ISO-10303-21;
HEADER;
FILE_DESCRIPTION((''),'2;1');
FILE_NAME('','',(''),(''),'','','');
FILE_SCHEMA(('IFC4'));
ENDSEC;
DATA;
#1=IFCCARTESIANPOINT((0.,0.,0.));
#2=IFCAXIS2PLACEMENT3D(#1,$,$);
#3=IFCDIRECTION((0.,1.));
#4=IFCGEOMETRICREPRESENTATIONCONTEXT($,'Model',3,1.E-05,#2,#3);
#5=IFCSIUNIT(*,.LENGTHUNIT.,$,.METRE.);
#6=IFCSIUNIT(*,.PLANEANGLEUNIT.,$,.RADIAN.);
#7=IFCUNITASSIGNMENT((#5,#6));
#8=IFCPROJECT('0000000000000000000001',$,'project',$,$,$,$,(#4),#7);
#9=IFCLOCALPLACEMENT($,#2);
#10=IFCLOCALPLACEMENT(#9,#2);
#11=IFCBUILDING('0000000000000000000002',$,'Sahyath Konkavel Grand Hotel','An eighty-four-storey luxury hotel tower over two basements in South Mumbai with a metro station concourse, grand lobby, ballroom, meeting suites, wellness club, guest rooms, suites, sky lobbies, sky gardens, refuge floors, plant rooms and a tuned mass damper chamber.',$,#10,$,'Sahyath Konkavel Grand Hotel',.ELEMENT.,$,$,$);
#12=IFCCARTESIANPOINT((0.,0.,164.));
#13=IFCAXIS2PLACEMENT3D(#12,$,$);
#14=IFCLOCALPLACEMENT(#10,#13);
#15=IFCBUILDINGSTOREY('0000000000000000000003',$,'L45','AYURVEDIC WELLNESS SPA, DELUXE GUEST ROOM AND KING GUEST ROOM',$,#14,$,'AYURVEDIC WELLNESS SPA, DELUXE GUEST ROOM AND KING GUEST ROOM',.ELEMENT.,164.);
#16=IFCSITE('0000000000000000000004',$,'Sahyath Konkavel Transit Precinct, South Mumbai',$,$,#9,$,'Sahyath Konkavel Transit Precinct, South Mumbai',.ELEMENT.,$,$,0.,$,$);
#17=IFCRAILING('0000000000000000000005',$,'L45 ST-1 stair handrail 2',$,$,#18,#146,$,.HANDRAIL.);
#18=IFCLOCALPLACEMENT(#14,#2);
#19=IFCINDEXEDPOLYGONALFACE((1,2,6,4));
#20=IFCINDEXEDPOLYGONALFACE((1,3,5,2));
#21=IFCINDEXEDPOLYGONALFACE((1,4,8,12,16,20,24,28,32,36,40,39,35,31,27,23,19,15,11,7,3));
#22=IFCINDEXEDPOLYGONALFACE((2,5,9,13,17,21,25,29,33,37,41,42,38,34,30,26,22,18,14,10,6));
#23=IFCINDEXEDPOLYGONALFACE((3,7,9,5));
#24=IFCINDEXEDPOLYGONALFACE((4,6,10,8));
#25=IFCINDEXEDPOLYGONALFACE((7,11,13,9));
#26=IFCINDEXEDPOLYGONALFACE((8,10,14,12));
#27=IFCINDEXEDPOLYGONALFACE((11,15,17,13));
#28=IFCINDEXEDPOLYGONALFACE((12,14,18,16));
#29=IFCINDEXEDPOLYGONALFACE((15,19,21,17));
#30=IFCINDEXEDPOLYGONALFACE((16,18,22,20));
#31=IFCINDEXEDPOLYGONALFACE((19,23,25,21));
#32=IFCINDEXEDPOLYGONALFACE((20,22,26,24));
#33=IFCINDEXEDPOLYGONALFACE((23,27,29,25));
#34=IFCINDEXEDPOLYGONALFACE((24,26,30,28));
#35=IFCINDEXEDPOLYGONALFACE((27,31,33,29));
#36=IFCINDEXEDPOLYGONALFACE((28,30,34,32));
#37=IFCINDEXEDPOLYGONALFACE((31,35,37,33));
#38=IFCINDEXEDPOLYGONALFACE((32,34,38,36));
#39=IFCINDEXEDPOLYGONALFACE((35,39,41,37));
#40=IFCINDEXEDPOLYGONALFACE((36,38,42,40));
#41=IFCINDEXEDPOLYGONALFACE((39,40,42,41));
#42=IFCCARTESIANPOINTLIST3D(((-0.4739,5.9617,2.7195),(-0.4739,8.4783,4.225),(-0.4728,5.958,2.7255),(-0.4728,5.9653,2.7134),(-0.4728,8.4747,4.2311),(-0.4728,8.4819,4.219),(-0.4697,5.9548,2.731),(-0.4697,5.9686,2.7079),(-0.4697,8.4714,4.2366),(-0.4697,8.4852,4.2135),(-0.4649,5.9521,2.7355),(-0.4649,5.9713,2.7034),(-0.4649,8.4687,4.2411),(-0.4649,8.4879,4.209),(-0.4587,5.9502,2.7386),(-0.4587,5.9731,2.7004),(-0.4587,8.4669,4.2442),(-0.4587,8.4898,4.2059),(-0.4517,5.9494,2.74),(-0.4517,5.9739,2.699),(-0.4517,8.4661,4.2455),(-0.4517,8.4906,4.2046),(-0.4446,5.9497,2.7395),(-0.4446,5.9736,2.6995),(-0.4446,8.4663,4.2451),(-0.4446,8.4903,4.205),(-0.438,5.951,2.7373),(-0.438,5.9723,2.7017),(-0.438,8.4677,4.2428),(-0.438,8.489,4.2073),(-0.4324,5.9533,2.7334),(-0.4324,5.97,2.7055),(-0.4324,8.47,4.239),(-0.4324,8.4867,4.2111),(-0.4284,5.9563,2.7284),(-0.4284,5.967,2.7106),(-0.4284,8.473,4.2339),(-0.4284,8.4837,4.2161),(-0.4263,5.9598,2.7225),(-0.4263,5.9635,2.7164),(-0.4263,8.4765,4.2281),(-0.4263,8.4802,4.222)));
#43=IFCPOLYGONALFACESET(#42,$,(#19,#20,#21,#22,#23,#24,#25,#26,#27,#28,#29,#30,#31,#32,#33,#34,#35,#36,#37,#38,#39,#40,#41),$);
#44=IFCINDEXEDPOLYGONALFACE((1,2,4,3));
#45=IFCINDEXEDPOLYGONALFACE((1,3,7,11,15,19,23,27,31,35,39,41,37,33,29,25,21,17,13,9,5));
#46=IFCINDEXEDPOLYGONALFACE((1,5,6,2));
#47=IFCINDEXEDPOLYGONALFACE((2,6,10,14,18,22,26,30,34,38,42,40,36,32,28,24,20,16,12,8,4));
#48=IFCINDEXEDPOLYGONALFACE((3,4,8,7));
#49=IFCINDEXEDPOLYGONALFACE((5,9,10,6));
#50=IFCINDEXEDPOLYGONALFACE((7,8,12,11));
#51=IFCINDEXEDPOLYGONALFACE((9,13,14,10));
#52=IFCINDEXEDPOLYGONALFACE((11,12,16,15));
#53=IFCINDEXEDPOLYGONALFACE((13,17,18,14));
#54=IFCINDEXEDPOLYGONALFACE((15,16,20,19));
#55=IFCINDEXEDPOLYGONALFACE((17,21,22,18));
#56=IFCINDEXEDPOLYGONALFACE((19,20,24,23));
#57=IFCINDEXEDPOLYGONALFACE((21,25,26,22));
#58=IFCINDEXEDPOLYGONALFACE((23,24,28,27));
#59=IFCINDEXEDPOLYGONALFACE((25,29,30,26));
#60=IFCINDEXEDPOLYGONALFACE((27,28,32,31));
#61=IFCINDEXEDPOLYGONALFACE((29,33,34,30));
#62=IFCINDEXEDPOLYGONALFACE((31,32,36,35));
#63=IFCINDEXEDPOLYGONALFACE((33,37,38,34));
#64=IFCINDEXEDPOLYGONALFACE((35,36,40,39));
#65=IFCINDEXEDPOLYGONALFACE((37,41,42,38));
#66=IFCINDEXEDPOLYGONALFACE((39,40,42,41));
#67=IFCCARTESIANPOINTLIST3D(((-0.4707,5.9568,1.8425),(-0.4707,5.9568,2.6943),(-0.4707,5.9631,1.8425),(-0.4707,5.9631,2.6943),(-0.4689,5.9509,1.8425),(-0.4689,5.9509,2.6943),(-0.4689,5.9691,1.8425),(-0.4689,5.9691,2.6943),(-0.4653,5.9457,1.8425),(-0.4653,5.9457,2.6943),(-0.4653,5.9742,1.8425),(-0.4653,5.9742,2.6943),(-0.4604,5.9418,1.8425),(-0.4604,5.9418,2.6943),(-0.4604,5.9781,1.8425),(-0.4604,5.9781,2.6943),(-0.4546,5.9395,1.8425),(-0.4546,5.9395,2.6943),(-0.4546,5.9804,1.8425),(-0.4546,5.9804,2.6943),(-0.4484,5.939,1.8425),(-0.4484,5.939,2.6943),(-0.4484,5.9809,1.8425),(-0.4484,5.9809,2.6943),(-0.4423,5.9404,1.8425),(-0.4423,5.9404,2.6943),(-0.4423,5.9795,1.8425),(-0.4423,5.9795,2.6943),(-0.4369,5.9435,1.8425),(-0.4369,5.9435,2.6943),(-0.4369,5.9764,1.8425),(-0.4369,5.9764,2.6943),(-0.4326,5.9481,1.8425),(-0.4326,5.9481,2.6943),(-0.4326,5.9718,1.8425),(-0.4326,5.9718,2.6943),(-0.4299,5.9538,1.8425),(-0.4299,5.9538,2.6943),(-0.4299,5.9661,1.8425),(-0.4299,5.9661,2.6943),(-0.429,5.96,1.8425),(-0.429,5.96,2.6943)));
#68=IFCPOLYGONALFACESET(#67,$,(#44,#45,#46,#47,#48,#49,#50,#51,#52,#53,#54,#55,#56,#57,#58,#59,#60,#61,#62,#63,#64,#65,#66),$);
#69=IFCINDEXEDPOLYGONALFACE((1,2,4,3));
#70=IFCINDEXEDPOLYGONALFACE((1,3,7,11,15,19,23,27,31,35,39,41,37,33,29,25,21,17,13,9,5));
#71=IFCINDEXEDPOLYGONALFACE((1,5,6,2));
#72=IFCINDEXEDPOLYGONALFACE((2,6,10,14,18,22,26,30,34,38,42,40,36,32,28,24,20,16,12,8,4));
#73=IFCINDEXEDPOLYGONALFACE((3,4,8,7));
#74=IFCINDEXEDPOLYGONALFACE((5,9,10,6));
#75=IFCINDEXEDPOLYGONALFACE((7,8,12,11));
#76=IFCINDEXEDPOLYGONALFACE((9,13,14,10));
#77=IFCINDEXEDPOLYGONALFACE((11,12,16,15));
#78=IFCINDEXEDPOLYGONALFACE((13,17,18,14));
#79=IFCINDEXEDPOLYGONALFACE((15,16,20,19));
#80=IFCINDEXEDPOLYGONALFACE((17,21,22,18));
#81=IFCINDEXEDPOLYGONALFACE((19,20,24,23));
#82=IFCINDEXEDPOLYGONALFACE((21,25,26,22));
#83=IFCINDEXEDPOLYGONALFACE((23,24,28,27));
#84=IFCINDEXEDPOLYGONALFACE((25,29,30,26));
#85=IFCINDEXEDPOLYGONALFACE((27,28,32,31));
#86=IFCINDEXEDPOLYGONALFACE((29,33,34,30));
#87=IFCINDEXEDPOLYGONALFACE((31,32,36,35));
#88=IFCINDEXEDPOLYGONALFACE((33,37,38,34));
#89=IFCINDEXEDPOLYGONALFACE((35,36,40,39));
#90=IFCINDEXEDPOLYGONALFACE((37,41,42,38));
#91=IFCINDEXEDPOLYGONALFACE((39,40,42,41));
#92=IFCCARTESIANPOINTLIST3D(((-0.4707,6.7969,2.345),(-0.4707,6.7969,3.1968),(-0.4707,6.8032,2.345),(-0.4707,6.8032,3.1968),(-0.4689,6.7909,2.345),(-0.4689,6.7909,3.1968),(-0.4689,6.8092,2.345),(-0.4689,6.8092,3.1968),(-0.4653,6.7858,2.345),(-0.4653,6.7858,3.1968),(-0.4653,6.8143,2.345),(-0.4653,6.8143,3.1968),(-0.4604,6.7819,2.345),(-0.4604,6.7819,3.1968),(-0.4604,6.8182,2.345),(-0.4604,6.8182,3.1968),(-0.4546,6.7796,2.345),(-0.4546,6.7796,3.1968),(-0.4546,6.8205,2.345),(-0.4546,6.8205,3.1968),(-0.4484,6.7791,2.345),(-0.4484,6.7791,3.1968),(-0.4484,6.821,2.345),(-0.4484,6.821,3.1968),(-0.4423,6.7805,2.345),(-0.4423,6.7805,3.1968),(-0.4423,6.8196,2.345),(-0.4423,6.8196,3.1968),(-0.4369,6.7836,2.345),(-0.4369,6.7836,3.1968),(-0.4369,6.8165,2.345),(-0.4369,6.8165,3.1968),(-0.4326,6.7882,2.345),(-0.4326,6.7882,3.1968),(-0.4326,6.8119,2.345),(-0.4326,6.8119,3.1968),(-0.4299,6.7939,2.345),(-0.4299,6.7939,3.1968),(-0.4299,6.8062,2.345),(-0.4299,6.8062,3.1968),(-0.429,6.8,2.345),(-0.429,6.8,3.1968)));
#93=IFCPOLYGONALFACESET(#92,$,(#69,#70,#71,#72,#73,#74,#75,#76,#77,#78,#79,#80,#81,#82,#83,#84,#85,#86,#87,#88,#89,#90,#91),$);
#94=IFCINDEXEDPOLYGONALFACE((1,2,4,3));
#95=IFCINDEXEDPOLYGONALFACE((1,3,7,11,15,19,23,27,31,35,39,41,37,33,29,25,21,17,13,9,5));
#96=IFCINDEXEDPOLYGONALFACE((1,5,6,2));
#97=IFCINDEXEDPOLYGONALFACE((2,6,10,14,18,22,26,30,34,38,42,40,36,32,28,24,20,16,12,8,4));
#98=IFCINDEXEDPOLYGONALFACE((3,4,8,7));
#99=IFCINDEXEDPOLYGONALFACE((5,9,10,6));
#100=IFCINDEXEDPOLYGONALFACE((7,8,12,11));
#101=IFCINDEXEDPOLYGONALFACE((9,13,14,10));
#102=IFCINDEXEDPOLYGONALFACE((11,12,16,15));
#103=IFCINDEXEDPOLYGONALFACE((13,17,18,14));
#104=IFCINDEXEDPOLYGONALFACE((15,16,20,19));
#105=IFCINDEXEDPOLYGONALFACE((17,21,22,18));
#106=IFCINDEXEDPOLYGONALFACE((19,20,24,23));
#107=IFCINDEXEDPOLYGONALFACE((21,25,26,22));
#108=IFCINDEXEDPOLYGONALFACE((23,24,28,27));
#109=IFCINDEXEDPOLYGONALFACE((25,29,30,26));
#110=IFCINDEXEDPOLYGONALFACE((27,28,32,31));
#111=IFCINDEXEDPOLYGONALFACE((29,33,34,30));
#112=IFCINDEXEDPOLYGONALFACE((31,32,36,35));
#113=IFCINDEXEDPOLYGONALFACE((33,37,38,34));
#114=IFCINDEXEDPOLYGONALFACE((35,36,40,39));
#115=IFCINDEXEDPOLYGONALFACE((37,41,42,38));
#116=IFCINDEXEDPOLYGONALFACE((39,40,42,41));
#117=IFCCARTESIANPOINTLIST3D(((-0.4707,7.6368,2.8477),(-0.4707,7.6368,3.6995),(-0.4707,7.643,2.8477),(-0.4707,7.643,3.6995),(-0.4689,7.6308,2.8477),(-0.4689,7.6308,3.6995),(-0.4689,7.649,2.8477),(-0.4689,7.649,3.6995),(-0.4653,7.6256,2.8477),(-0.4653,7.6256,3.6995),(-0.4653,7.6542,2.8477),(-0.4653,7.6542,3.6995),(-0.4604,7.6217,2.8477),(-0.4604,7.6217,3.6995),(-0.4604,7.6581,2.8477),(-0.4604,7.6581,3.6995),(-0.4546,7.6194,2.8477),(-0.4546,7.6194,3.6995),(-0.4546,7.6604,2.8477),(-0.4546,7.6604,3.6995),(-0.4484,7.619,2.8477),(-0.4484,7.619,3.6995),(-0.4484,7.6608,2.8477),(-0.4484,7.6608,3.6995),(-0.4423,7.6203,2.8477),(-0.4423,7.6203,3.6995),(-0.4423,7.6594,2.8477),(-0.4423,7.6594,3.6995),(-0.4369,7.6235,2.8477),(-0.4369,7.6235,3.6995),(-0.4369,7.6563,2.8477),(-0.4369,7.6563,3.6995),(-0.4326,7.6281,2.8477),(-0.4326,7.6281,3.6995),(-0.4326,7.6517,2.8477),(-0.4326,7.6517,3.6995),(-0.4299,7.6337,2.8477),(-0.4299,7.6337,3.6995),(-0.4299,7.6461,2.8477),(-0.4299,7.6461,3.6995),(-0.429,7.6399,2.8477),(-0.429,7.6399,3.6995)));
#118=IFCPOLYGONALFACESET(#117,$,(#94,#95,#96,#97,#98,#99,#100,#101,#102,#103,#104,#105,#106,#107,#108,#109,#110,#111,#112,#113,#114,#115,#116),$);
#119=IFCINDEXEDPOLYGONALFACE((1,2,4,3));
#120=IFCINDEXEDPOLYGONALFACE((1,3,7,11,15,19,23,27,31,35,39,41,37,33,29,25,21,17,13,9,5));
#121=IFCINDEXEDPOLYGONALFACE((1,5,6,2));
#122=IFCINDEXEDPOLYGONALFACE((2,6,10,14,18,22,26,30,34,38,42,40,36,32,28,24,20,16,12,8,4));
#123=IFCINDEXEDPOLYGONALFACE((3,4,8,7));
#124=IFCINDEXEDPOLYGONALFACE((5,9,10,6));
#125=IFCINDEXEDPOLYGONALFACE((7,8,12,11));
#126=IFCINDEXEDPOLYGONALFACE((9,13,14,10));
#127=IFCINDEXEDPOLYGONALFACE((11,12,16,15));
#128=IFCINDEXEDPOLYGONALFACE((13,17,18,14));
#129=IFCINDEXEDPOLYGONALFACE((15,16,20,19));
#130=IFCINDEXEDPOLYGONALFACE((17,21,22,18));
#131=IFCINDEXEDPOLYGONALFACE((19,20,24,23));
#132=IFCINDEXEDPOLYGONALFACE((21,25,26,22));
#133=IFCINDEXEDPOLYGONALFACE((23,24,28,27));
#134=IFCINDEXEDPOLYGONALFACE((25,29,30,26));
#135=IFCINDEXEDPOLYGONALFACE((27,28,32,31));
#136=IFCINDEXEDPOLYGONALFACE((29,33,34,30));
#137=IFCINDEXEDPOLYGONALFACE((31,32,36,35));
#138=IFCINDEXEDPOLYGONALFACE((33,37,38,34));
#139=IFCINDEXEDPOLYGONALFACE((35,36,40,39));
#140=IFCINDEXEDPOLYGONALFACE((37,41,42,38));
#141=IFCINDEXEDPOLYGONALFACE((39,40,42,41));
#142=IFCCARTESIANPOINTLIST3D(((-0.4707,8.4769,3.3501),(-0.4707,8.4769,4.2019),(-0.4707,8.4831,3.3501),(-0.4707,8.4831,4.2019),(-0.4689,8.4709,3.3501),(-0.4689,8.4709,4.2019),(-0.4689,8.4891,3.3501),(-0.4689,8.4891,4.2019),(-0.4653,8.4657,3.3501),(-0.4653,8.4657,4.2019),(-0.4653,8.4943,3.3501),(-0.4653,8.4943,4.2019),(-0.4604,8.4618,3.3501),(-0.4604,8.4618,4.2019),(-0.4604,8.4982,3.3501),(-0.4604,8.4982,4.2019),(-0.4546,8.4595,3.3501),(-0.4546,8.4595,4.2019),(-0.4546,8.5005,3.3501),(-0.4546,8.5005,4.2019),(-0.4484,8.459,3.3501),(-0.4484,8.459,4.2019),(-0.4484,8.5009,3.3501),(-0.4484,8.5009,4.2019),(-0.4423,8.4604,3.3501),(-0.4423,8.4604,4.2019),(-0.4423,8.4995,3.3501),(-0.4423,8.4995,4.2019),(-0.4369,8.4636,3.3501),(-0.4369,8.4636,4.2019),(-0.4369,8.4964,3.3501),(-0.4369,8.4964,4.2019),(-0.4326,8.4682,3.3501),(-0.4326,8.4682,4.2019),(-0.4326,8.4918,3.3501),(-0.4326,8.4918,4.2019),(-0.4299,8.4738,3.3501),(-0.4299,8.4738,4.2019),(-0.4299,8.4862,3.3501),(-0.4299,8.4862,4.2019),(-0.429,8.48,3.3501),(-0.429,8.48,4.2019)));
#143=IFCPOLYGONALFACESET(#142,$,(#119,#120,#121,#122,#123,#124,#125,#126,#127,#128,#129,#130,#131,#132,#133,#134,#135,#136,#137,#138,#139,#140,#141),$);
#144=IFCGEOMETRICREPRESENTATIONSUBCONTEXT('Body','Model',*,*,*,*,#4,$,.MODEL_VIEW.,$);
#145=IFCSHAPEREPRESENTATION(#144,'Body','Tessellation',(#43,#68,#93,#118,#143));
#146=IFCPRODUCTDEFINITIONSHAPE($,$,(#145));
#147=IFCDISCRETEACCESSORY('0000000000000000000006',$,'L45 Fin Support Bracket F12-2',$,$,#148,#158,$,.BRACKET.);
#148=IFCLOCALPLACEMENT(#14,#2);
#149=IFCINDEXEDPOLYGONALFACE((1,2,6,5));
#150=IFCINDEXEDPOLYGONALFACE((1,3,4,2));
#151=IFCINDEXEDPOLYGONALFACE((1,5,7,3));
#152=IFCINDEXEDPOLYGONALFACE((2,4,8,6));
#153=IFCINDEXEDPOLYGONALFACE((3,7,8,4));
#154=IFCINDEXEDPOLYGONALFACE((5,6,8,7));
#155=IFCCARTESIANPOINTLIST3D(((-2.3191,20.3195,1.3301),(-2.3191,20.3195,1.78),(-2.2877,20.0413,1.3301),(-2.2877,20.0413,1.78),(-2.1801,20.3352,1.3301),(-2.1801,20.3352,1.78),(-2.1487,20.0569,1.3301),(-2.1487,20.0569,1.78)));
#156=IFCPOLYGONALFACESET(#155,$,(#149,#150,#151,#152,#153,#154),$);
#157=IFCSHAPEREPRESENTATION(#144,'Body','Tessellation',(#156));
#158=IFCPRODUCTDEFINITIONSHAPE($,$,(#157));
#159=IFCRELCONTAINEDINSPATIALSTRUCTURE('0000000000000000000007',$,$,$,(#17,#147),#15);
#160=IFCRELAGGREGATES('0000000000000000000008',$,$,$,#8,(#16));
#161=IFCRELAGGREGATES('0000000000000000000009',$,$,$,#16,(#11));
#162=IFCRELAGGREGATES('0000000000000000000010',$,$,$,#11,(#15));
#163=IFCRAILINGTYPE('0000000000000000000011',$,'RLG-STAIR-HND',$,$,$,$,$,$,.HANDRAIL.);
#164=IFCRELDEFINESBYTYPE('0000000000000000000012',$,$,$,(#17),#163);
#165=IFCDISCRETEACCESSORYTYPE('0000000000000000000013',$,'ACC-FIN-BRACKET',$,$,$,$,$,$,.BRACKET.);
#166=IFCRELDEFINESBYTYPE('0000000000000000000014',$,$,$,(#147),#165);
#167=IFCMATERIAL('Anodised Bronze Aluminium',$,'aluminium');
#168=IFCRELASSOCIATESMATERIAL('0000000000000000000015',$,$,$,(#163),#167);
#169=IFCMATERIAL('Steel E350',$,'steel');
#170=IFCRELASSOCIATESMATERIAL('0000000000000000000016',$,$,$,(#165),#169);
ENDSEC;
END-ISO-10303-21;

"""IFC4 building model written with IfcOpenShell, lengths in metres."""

from ifc_helpers import new_model, si_unit, direction, frame, origin, origin_2d, place, context, subcontext, project, spatial, rectangle, circle, extrude, source, transform, mapped, material, type_object, element, save


model = new_model("IFC4")

# Units and contexts
model_context = context("Model", 3, precision=1e-05, world=origin(), true_north=direction((0.0, 1.0)))
body_context = subcontext(model_context, "Body", "Model", "MODEL_VIEW")
ifc_project = project(units=[si_unit("LENGTHUNIT", "METRE"), si_unit("PLANEANGLEUNIT", "RADIAN")], contexts=[model_context])

# Site, building, storey
site_placement = place(None, origin())
site = spatial("IfcSite", under=ifc_project, at=site_placement, Name="Sahyath Konkavel Transit Precinct, South Mumbai", LongName="Sahyath Konkavel Transit Precinct, South Mumbai", CompositionType="ELEMENT", RefElevation=0.0)
building_placement = place(site_placement, origin())
building = spatial("IfcBuilding", under=site, at=building_placement, Name="Sahyath Konkavel Grand Hotel", Description="An eighty-four-storey luxury hotel tower over two basements in South Mumbai with a metro station concourse, grand lobby, ballroom, meeting suites, wellness club, guest rooms, suites, sky lobbies, sky gardens, refuge floors, plant rooms and a tuned mass damper chamber.", LongName="Sahyath Konkavel Grand Hotel", CompositionType="ELEMENT")
storey_placement = place(building_placement, frame((0.0, 0.0, 164.0)))
storey = spatial("IfcBuildingStorey", under=building, at=storey_placement, Name="L45", Description="AYURVEDIC WELLNESS SPA, DELUXE GUEST ROOM AND KING GUEST ROOM", LongName="AYURVEDIC WELLNESS SPA, DELUXE GUEST ROOM AND KING GUEST ROOM", CompositionType="ELEMENT", Elevation=164.0)

# Shared definitions
ifc_material_1 = material(Name="Steel E350", Category="steel")

# Shared definitions
ifc_material_2 = material(Name="Anodised Bronze Aluminium", Category="aluminium")

# Railing
railing_type_1 = type_object("IfcRailingType", Name="RLG-STAIR-HND", PredefinedType="HANDRAIL", material=ifc_material_2)
railing_1_placement = place(storey_placement, frame((-0.45, 5.96, 1.8425)))
element("IfcRailing", 1, at=railing_1_placement, inside=storey, type_object=railing_type_1, Name="L45 ST-1 stair handrail 2", PredefinedType="HANDRAIL", context=body_context, shape_type="SweptSolid", body=[
    extrude(circle(Radius=0.0239, at=origin_2d()), frame((0.0, 0.0017, 0.877), z_axis=(0.0, 0.85816, 0.513383), x_axis=(-1.0, 0.0, 0.0)), (0.0, 0.0, 1.0), 2.9326),
    extrude(circle(Radius=0.021, at=origin_2d()), origin(), (0.0, 0.0, 1.0), 0.8518),
    extrude(circle(Radius=0.021, at=origin_2d()), frame((0.0, 0.8401, 0.5024)), (0.0, 0.0, 1.0), 0.8518),
    extrude(circle(Radius=0.021, at=origin_2d()), frame((0.0, 1.6799, 1.0051)), (0.0, 0.0, 1.0), 0.8518),
    extrude(circle(Radius=0.021, at=origin_2d()), frame((0.0, 2.52, 1.5076)), (0.0, 0.0, 1.0), 0.8518),
])

# Discrete accessory
discrete_accessory_type = type_object("IfcDiscreteAccessoryType", Name="ACC-FIN-BRACKET", PredefinedType="BRACKET", material=ifc_material_1)
shared_shape_1 = source(origin(), body_context, "Body", "SweptSolid", [
    extrude(rectangle(XDim=0.28, YDim=0.1399, at=origin_2d()), origin(), (0.0, 0.0, 1.0), 0.45),
])
discrete_accessory_placement = place(storey_placement, frame((-2.2339, 20.1882, 1.3301), z_axis=(0.0, 0.0, 1.0), x_axis=(-0.112007, 0.993707, 0.0)))
element("IfcDiscreteAccessory", 2, at=discrete_accessory_placement, inside=storey, type_object=discrete_accessory_type, Name="L45 Fin Support Bracket F12-2", PredefinedType="BRACKET", context=body_context, shape_type="MappedRepresentation", body=[
    mapped(shared_shape_1, transform((0.0, 0.0, 0.0), scale=1.0)),
])

save(model, "model.ifc")
